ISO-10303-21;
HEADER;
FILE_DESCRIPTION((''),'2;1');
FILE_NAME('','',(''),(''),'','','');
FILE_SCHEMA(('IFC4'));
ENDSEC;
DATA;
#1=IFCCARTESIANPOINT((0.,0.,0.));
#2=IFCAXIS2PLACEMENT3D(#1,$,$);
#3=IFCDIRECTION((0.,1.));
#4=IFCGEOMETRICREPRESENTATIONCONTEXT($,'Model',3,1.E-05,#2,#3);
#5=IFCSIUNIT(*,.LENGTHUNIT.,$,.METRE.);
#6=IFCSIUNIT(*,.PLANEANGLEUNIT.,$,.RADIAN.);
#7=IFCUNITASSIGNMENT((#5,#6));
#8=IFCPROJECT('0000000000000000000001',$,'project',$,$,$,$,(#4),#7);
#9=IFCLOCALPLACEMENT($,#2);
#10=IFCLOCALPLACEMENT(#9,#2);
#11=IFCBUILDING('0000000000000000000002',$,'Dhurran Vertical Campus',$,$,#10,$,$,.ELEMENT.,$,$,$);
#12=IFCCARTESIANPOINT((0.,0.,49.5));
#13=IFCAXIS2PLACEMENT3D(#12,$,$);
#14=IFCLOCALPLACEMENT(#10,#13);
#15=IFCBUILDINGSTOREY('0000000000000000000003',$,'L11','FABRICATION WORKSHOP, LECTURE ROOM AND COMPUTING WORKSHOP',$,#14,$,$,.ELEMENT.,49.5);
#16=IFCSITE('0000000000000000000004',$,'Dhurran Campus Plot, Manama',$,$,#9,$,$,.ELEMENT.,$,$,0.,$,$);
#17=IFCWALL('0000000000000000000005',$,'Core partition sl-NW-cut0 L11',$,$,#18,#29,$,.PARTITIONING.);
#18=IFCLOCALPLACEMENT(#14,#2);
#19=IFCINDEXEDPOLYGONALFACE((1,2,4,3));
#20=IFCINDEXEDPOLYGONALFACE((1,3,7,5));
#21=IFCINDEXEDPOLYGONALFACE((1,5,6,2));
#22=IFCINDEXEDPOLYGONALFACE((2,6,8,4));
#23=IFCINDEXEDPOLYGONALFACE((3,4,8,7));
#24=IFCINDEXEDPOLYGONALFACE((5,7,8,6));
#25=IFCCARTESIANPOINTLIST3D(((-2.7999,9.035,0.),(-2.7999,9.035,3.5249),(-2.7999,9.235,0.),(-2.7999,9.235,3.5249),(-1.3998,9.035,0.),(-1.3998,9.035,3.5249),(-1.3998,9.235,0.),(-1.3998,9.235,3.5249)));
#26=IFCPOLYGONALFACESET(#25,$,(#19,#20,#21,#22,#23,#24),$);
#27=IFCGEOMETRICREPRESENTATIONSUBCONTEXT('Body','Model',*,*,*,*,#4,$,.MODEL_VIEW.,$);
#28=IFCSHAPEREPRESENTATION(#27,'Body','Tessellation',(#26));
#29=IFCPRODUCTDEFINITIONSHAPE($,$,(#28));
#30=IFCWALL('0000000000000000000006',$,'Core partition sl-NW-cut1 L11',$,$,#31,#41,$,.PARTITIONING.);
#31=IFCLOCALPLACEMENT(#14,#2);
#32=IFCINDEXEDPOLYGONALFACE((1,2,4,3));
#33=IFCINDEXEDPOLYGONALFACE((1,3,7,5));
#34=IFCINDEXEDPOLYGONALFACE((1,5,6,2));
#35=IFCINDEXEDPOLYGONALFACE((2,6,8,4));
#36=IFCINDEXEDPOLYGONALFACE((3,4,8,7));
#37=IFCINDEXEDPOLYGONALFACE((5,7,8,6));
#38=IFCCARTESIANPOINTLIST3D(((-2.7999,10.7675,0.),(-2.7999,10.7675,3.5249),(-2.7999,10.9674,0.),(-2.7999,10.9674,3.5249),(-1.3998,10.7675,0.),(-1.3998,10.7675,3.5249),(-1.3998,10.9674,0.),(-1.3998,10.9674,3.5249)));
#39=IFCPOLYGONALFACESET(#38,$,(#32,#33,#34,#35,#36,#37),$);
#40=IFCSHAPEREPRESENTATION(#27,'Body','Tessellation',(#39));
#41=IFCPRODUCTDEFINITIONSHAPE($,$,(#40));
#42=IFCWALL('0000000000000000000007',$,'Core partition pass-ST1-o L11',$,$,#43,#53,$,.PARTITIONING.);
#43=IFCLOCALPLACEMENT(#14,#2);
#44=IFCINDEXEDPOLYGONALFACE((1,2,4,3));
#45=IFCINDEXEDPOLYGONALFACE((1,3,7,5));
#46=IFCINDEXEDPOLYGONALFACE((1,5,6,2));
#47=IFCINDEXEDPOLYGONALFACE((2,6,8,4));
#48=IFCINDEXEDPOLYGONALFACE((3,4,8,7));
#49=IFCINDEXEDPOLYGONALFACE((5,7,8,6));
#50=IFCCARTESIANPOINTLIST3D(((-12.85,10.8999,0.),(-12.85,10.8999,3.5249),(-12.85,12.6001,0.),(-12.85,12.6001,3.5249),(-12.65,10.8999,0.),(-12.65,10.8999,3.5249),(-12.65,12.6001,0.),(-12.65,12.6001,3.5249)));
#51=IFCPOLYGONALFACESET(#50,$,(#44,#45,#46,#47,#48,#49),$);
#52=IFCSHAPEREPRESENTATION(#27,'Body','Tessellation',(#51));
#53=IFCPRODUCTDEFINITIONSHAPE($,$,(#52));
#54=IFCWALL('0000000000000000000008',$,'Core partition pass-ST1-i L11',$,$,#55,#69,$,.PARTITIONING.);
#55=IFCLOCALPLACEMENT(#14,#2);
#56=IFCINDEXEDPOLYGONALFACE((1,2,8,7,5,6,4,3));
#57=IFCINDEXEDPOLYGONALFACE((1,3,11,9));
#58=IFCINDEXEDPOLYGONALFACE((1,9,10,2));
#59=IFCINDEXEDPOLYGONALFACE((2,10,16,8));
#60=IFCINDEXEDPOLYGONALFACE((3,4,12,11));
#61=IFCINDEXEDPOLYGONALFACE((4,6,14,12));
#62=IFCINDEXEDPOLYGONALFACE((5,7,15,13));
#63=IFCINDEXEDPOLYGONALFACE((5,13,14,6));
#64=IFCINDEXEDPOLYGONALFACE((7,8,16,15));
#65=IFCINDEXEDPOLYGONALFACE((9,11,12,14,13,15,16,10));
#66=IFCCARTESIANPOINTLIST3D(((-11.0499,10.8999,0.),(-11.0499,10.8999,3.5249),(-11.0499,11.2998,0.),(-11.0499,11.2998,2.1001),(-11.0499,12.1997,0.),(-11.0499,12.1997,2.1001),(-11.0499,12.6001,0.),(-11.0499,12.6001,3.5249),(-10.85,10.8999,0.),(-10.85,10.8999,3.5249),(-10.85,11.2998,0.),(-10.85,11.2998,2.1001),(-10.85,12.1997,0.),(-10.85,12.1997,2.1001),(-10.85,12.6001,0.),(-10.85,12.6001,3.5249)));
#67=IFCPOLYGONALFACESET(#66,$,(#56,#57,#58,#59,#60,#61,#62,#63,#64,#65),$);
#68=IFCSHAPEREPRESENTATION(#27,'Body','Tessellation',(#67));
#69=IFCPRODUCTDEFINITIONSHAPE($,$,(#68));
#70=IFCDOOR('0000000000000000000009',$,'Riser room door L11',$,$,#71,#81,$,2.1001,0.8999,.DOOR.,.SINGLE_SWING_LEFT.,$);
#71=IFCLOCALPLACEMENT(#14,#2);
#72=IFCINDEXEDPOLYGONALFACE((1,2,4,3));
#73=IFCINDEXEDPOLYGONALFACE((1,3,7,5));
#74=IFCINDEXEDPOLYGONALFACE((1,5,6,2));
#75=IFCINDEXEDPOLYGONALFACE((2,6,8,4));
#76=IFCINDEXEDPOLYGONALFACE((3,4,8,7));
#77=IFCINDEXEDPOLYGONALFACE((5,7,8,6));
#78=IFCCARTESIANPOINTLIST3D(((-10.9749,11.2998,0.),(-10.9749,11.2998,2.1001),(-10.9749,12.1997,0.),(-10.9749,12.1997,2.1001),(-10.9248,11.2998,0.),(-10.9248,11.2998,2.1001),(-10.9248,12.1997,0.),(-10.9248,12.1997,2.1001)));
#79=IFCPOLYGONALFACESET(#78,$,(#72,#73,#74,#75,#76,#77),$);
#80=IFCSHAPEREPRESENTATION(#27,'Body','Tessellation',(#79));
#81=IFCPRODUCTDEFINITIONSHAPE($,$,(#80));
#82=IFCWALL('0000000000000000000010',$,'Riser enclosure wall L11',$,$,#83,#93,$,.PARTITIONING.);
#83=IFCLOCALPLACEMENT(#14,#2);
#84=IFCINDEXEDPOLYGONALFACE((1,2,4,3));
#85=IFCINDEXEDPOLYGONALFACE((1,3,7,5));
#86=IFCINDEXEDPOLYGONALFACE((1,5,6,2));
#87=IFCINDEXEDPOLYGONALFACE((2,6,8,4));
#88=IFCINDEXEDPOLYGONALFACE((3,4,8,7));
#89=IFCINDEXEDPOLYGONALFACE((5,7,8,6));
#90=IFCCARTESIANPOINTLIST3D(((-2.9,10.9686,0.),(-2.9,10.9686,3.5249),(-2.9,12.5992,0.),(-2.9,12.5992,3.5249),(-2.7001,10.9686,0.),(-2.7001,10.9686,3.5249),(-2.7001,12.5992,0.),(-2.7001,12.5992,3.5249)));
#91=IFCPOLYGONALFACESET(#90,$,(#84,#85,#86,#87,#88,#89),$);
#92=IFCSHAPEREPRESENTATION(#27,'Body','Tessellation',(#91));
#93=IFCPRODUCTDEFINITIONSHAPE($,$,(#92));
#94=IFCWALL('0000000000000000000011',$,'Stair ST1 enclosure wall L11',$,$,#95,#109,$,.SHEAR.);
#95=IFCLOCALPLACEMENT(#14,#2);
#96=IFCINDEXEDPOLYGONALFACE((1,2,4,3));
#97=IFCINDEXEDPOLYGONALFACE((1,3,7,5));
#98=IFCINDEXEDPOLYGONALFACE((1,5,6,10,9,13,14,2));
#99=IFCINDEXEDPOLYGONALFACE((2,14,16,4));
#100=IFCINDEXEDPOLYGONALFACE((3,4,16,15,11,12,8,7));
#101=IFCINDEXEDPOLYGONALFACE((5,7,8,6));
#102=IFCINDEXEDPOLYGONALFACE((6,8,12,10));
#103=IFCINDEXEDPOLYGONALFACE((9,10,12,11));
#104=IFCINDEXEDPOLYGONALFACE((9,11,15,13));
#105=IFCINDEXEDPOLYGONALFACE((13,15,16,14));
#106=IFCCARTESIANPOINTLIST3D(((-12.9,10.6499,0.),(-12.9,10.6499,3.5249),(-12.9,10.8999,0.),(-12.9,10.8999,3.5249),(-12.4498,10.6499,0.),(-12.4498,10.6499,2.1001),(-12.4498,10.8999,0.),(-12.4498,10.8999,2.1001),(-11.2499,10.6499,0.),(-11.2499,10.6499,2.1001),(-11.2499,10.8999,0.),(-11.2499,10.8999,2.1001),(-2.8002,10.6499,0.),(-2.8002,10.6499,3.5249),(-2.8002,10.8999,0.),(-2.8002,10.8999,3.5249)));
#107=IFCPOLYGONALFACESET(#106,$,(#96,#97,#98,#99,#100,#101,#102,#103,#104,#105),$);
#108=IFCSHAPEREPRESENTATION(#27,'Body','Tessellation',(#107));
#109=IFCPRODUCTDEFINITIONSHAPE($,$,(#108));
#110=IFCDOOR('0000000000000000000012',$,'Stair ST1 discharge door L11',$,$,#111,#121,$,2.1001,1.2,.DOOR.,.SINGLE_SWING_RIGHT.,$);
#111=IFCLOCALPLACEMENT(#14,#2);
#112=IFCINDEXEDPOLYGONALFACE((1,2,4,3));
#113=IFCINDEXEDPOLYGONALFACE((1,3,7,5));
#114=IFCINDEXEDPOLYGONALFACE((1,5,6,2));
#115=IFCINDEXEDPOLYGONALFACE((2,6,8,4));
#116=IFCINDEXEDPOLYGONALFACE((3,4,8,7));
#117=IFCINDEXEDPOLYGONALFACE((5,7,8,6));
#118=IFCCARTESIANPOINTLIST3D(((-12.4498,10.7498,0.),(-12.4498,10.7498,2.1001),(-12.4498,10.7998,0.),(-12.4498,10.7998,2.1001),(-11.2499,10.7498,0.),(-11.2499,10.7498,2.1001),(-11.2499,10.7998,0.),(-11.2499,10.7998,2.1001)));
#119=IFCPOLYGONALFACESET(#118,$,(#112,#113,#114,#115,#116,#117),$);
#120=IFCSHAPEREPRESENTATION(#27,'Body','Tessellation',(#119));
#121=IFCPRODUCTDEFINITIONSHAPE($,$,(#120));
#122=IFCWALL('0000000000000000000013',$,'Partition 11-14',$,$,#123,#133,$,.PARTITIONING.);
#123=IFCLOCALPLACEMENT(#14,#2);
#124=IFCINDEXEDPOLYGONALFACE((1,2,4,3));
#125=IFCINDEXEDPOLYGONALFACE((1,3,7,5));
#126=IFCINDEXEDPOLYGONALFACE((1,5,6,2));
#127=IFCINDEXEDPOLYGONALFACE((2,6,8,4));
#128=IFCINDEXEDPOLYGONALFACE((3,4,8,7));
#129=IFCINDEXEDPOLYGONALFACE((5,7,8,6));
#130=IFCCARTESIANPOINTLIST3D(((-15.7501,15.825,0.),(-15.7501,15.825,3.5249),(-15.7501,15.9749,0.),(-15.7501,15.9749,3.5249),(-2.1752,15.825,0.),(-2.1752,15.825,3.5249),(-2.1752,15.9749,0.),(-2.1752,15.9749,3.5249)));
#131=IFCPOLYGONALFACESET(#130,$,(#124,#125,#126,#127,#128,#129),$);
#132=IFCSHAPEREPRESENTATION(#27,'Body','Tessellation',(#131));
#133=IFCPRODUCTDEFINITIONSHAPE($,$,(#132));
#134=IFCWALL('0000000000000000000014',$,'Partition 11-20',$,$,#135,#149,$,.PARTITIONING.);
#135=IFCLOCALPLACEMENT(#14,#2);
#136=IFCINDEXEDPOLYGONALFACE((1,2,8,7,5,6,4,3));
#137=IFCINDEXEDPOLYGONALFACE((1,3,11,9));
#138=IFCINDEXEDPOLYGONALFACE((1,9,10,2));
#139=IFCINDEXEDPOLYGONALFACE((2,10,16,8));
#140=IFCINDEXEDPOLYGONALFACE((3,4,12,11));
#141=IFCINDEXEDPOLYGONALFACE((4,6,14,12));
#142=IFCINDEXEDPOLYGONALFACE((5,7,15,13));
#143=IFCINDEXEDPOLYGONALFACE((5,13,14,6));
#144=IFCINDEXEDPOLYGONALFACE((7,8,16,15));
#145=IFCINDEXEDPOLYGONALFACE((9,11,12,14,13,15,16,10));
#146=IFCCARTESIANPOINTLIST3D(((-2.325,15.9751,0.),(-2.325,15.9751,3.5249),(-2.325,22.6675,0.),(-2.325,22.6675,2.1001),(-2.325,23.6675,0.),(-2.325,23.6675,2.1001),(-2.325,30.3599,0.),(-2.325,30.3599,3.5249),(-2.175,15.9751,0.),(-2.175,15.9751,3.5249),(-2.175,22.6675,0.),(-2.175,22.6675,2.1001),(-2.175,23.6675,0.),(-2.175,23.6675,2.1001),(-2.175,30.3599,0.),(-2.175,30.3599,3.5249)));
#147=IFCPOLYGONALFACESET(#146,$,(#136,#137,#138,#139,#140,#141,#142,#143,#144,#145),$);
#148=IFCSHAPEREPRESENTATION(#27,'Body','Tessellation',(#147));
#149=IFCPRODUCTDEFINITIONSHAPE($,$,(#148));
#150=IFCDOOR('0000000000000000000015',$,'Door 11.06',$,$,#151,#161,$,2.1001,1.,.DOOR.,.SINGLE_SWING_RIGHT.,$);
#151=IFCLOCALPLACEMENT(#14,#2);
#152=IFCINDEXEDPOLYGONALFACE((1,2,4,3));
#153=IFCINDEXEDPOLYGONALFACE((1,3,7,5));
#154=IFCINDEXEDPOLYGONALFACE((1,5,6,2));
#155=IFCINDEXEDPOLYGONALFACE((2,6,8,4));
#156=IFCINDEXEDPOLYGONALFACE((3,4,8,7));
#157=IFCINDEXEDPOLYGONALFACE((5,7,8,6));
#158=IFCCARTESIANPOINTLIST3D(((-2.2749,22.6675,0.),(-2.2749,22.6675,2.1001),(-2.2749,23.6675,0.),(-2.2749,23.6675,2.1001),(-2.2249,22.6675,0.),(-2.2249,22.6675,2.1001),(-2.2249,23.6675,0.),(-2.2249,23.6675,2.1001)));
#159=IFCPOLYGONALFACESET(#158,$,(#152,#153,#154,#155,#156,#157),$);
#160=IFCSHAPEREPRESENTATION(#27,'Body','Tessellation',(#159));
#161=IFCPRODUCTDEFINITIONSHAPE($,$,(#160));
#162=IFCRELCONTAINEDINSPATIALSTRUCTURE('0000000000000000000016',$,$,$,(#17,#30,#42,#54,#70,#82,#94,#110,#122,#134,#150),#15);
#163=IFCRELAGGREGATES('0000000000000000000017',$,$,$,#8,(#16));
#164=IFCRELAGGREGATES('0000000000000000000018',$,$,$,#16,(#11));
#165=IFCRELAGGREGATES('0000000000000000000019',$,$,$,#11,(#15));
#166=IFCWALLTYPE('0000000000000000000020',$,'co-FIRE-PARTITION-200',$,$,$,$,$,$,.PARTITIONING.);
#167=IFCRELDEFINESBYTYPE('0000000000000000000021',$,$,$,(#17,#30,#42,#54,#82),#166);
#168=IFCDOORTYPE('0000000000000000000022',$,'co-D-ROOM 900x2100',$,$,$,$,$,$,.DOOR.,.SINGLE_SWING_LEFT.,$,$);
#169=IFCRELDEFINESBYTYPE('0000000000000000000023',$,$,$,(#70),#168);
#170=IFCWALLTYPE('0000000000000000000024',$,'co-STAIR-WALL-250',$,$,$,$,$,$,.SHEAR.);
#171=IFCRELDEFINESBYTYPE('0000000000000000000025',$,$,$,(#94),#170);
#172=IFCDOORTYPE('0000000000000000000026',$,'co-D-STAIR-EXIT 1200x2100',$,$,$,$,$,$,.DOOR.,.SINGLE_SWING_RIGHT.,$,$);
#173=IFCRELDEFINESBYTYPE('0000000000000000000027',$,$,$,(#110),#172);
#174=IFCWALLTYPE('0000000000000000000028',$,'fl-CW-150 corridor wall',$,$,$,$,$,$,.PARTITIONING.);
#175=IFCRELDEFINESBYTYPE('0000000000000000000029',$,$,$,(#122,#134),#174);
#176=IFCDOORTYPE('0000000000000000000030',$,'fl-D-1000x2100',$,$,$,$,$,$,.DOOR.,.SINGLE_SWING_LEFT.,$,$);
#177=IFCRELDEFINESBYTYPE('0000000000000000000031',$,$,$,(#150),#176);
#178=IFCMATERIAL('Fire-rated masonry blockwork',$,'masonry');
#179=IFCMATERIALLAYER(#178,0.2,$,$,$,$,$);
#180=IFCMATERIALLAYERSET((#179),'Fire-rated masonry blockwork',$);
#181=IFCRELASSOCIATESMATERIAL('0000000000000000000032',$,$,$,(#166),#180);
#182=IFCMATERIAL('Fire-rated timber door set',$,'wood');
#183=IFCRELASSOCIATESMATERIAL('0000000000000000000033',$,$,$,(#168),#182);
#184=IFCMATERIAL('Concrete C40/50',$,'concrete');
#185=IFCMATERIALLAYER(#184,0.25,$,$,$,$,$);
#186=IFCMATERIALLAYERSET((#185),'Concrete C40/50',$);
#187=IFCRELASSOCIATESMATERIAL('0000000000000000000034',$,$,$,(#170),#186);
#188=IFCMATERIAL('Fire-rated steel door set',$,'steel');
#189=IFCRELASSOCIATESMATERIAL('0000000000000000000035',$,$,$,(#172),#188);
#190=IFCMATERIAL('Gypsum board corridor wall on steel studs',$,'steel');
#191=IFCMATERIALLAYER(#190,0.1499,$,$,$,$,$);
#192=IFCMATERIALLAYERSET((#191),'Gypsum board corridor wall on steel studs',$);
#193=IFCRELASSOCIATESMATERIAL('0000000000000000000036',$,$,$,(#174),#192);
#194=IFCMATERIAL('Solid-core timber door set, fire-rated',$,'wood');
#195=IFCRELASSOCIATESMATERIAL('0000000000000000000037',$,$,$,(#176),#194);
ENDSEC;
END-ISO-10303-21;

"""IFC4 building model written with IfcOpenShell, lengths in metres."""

from ifc_helpers import new_model, si_unit, direction, frame, frame_2d, origin, place, context, subcontext, project, spatial, rectangle, extrude, material, layer, layer_set, type_object, element, fill, save


model = new_model("IFC4")

# Units and contexts
model_context = context("Model", 3, precision=1e-05, world=origin(), true_north=direction((0.0, 1.0)))
body_context = subcontext(model_context, "Body", "Model", "MODEL_VIEW")
ifc_project = project(units=[si_unit("LENGTHUNIT", "METRE"), si_unit("PLANEANGLEUNIT", "RADIAN")], contexts=[model_context])

# Site, building, storey
site_placement = place(None, origin())
site = spatial("IfcSite", under=ifc_project, at=site_placement, Name="Dhurran Campus Plot, Manama", CompositionType="ELEMENT", RefElevation=0.0)
building_placement = place(site_placement, origin())
building = spatial("IfcBuilding", under=site, at=building_placement, Name="Dhurran Vertical Campus", CompositionType="ELEMENT")
storey_placement = place(building_placement, frame((0.0, 0.0, 49.5)))
storey = spatial("IfcBuildingStorey", under=building, at=storey_placement, Name="L11", Description="FABRICATION WORKSHOP, LECTURE ROOM AND COMPUTING WORKSHOP", CompositionType="ELEMENT", Elevation=49.5)

# Walls
ifc_material_1 = material(Name="Fire-rated masonry blockwork", Category="masonry")
ifc_layer_1 = layer(ifc_material_1, 0.2)
ifc_layer_set_1 = layer_set([ifc_layer_1], Name="Fire-rated masonry blockwork")
wall_type_1 = type_object("IfcWallType", Name="co-FIRE-PARTITION-200", PredefinedType="PARTITIONING", material=ifc_layer_set_1)
for number, where, z_axis, x_axis, name in (
    (1, (-2.8, 9.135, 0.0), (0.0, 0.0, 1.0), (1.0, 0.0, 0.0), "Core partition sl-NW-cut0 L11"),
    (2, (-2.8, 10.8674, 0.0), (0.0, 0.0, 1.0), (1.0, 0.0, 0.0), "Core partition sl-NW-cut1 L11"),
):
    element("IfcWall", number, at=place(storey_placement, frame(where, z_axis=z_axis, x_axis=x_axis)), inside=storey, type_object=wall_type_1, Name=name, PredefinedType="PARTITIONING", context=body_context, shape_type="SweptSolid", body=[
        extrude(rectangle(XDim=1.4001, YDim=0.2, at=frame_2d((0.7002, 0.0))), origin(), (0.0, 0.0, 1.0), 3.5249),
    ])
wall_1_placement = place(storey_placement, frame((-12.75, 10.8999, 0.0), z_axis=(0.0, 0.0, 1.0), x_axis=(0.0, 1.0, 0.0)))
element("IfcWall", 3, at=wall_1_placement, inside=storey, type_object=wall_type_1, Name="Core partition pass-ST1-o L11", PredefinedType="PARTITIONING", context=body_context, shape_type="SweptSolid", body=[
    extrude(rectangle(XDim=1.7002, YDim=0.2, at=frame_2d((0.8501, 0.0))), origin(), (0.0, 0.0, 1.0), 3.5249),
])

# Wall, opening, door
wall_2_placement = place(storey_placement, frame((-10.95, 10.8999, 0.0), z_axis=(0.0, 0.0, 1.0), x_axis=(0.0, 1.0, 0.0)))
wall_2 = element("IfcWall", 4, at=wall_2_placement, inside=storey, type_object=wall_type_1, Name="Core partition pass-ST1-i L11", PredefinedType="PARTITIONING", context=body_context, shape_type="SweptSolid", body=[
    extrude(rectangle(XDim=1.7002, YDim=0.2, at=frame_2d((0.8501, 0.0))), origin(), (0.0, 0.0, 1.0), 3.5249),
])
opening_1_placement = place(wall_2_placement, frame((0.3999, 0.0, 0.0)))
opening_1 = element("IfcOpeningElement", 5, at=opening_1_placement, cuts=wall_2, PredefinedType="OPENING", context=body_context, shape_type="SweptSolid", body=[
    extrude(rectangle(XDim=0.8999, YDim=2.1001, at=frame_2d((0.45, 1.05))), frame((0.0, 0.1099, 0.0), z_axis=(0.0, -1.0, 0.0), x_axis=(1.0, 0.0, 0.0)), (0.0, 0.0, 1.0), 0.22),
])
ifc_material_2 = material(Name="Fire-rated timber door set", Category="wood")
door_type_1 = type_object("IfcDoorType", Name="co-D-ROOM 900x2100", OperationType="SINGLE_SWING_LEFT", PredefinedType="DOOR", material=ifc_material_2)
door_1_placement = place(opening_1_placement, origin())
door_1 = element("IfcDoor", 6, at=door_1_placement, inside=storey, type_object=door_type_1, Name="Riser room door L11", OperationType="SINGLE_SWING_LEFT", OverallHeight=2.1001, OverallWidth=0.8999, PredefinedType="DOOR", context=body_context, shape_type="SweptSolid", body=[
    extrude(rectangle(XDim=0.8999, YDim=2.1001, at=frame_2d((0.45, 1.05))), frame((0.0, 0.0249, 0.0), z_axis=(0.0, -1.0, 0.0), x_axis=(1.0, 0.0, 0.0)), (0.0, 0.0, 1.0), 0.05),
])
fill(opening_1, door_1)

# Wall
wall_3_placement = place(storey_placement, frame((-2.8, 10.9685, 0.0), z_axis=(0.0, 0.0, 1.0), x_axis=(0.0, 1.0, 0.0)))
element("IfcWall", 7, at=wall_3_placement, inside=storey, type_object=wall_type_1, Name="Riser enclosure wall L11", PredefinedType="PARTITIONING", context=body_context, shape_type="SweptSolid", body=[
    extrude(rectangle(XDim=1.6306, YDim=0.2, at=frame_2d((0.8154, 0.0))), origin(), (0.0, 0.0, 1.0), 3.5249),
])

# Wall, opening, door
ifc_material_3 = material(Name="Concrete C40/50", Category="concrete")
ifc_layer_2 = layer(ifc_material_3, 0.25)
ifc_layer_set_2 = layer_set([ifc_layer_2], Name="Concrete C40/50")
wall_type_2 = type_object("IfcWallType", Name="co-STAIR-WALL-250", PredefinedType="SHEAR", material=ifc_layer_set_2)
wall_4_placement = place(storey_placement, frame((-12.8999, 10.7749, 0.0), z_axis=(0.0, 0.0, 1.0), x_axis=(1.0, 0.0, 0.0)))
wall_4 = element("IfcWall", 8, at=wall_4_placement, inside=storey, type_object=wall_type_2, Name="Stair ST1 enclosure wall L11", PredefinedType="SHEAR", context=body_context, shape_type="SweptSolid", body=[
    extrude(rectangle(XDim=10.0999, YDim=0.25, at=frame_2d((5.0498, 0.0))), origin(), (0.0, 0.0, 1.0), 3.5249),
])
opening_2_placement = place(wall_4_placement, frame((0.45, 0.0, 0.0)))
opening_2 = element("IfcOpeningElement", 9, at=opening_2_placement, cuts=wall_4, PredefinedType="OPENING", context=body_context, shape_type="SweptSolid", body=[
    extrude(rectangle(XDim=1.2, YDim=2.1001, at=frame_2d((0.6001, 1.05))), frame((0.0, 0.135, 0.0), z_axis=(0.0, -1.0, 0.0), x_axis=(1.0, 0.0, 0.0)), (0.0, 0.0, 1.0), 0.27),
])
ifc_material_4 = material(Name="Fire-rated steel door set", Category="steel")
door_type_2 = type_object("IfcDoorType", Name="co-D-STAIR-EXIT 1200x2100", OperationType="SINGLE_SWING_RIGHT", PredefinedType="DOOR", material=ifc_material_4)
door_2_placement = place(opening_2_placement, origin())
door_2 = element("IfcDoor", 10, at=door_2_placement, inside=storey, type_object=door_type_2, Name="Stair ST1 discharge door L11", OperationType="SINGLE_SWING_RIGHT", OverallHeight=2.1001, OverallWidth=1.2, PredefinedType="DOOR", context=body_context, shape_type="SweptSolid", body=[
    extrude(rectangle(XDim=1.2, YDim=2.1001, at=frame_2d((0.6001, 1.05))), frame((0.0, 0.0249, 0.0), z_axis=(0.0, -1.0, 0.0), x_axis=(1.0, 0.0, 0.0)), (0.0, 0.0, 1.0), 0.05),
])
fill(opening_2, door_2)

# Wall
ifc_material_5 = material(Name="Gypsum board corridor wall on steel studs", Category="steel")
ifc_layer_3 = layer(ifc_material_5, 0.1499)
ifc_layer_set_3 = layer_set([ifc_layer_3], Name="Gypsum board corridor wall on steel studs")
wall_type_3 = type_object("IfcWallType", Name="fl-CW-150 corridor wall", PredefinedType="PARTITIONING", material=ifc_layer_set_3)
wall_5_placement = place(storey_placement, frame((-2.175, 15.8999, 0.0), z_axis=(0.0, 0.0, 1.0), x_axis=(-1.0, 0.0, 0.0)))
element("IfcWall", 11, at=wall_5_placement, inside=storey, type_object=wall_type_3, Name="Partition 11-14", PredefinedType="PARTITIONING", context=body_context, shape_type="SweptSolid", body=[
    extrude(rectangle(XDim=13.575, YDim=0.1499, at=frame_2d((6.7876, 0.0))), origin(), (0.0, 0.0, 1.0), 3.5249),
])

# Wall, opening, door
wall_6_placement = place(storey_placement, frame((-2.25, 15.9751, 0.0), z_axis=(0.0, 0.0, 1.0), x_axis=(0.0, 1.0, 0.0)))
wall_6 = element("IfcWall", 12, at=wall_6_placement, inside=storey, type_object=wall_type_3, Name="Partition 11-20", PredefinedType="PARTITIONING", context=body_context, shape_type="SweptSolid", body=[
    extrude(rectangle(XDim=14.3848, YDim=0.1499, at=frame_2d((7.1924, 0.0))), origin(), (0.0, 0.0, 1.0), 3.5249),
])
opening_3_placement = place(wall_6_placement, frame((6.6924, 0.0, 0.0)))
opening_3 = element("IfcOpeningElement", 13, at=opening_3_placement, cuts=wall_6, PredefinedType="OPENING", context=body_context, shape_type="SweptSolid", body=[
    extrude(rectangle(XDim=1.0, YDim=2.1001, at=frame_2d((0.5, 1.05))), frame((0.0, 0.085, 0.0), z_axis=(0.0, -1.0, 0.0), x_axis=(1.0, 0.0, 0.0)), (0.0, 0.0, 1.0), 0.1699),
])
ifc_material_6 = material(Name="Solid-core timber door set, fire-rated", Category="wood")
door_type_3 = type_object("IfcDoorType", Name="fl-D-1000x2100", OperationType="SINGLE_SWING_LEFT", PredefinedType="DOOR", material=ifc_material_6)
door_3_placement = place(opening_3_placement, origin())
door_3 = element("IfcDoor", 14, at=door_3_placement, inside=storey, type_object=door_type_3, Name="Door 11.06", OperationType="SINGLE_SWING_RIGHT", OverallHeight=2.1001, OverallWidth=1.0, PredefinedType="DOOR", context=body_context, shape_type="SweptSolid", body=[
    extrude(rectangle(XDim=1.0, YDim=2.1001, at=frame_2d((0.5, 1.05))), frame((0.0, 0.0249, 0.0), z_axis=(0.0, -1.0, 0.0), x_axis=(1.0, 0.0, 0.0)), (0.0, 0.0, 1.0), 0.05),
])
fill(opening_3, door_3)

save(model, "model.ifc")
